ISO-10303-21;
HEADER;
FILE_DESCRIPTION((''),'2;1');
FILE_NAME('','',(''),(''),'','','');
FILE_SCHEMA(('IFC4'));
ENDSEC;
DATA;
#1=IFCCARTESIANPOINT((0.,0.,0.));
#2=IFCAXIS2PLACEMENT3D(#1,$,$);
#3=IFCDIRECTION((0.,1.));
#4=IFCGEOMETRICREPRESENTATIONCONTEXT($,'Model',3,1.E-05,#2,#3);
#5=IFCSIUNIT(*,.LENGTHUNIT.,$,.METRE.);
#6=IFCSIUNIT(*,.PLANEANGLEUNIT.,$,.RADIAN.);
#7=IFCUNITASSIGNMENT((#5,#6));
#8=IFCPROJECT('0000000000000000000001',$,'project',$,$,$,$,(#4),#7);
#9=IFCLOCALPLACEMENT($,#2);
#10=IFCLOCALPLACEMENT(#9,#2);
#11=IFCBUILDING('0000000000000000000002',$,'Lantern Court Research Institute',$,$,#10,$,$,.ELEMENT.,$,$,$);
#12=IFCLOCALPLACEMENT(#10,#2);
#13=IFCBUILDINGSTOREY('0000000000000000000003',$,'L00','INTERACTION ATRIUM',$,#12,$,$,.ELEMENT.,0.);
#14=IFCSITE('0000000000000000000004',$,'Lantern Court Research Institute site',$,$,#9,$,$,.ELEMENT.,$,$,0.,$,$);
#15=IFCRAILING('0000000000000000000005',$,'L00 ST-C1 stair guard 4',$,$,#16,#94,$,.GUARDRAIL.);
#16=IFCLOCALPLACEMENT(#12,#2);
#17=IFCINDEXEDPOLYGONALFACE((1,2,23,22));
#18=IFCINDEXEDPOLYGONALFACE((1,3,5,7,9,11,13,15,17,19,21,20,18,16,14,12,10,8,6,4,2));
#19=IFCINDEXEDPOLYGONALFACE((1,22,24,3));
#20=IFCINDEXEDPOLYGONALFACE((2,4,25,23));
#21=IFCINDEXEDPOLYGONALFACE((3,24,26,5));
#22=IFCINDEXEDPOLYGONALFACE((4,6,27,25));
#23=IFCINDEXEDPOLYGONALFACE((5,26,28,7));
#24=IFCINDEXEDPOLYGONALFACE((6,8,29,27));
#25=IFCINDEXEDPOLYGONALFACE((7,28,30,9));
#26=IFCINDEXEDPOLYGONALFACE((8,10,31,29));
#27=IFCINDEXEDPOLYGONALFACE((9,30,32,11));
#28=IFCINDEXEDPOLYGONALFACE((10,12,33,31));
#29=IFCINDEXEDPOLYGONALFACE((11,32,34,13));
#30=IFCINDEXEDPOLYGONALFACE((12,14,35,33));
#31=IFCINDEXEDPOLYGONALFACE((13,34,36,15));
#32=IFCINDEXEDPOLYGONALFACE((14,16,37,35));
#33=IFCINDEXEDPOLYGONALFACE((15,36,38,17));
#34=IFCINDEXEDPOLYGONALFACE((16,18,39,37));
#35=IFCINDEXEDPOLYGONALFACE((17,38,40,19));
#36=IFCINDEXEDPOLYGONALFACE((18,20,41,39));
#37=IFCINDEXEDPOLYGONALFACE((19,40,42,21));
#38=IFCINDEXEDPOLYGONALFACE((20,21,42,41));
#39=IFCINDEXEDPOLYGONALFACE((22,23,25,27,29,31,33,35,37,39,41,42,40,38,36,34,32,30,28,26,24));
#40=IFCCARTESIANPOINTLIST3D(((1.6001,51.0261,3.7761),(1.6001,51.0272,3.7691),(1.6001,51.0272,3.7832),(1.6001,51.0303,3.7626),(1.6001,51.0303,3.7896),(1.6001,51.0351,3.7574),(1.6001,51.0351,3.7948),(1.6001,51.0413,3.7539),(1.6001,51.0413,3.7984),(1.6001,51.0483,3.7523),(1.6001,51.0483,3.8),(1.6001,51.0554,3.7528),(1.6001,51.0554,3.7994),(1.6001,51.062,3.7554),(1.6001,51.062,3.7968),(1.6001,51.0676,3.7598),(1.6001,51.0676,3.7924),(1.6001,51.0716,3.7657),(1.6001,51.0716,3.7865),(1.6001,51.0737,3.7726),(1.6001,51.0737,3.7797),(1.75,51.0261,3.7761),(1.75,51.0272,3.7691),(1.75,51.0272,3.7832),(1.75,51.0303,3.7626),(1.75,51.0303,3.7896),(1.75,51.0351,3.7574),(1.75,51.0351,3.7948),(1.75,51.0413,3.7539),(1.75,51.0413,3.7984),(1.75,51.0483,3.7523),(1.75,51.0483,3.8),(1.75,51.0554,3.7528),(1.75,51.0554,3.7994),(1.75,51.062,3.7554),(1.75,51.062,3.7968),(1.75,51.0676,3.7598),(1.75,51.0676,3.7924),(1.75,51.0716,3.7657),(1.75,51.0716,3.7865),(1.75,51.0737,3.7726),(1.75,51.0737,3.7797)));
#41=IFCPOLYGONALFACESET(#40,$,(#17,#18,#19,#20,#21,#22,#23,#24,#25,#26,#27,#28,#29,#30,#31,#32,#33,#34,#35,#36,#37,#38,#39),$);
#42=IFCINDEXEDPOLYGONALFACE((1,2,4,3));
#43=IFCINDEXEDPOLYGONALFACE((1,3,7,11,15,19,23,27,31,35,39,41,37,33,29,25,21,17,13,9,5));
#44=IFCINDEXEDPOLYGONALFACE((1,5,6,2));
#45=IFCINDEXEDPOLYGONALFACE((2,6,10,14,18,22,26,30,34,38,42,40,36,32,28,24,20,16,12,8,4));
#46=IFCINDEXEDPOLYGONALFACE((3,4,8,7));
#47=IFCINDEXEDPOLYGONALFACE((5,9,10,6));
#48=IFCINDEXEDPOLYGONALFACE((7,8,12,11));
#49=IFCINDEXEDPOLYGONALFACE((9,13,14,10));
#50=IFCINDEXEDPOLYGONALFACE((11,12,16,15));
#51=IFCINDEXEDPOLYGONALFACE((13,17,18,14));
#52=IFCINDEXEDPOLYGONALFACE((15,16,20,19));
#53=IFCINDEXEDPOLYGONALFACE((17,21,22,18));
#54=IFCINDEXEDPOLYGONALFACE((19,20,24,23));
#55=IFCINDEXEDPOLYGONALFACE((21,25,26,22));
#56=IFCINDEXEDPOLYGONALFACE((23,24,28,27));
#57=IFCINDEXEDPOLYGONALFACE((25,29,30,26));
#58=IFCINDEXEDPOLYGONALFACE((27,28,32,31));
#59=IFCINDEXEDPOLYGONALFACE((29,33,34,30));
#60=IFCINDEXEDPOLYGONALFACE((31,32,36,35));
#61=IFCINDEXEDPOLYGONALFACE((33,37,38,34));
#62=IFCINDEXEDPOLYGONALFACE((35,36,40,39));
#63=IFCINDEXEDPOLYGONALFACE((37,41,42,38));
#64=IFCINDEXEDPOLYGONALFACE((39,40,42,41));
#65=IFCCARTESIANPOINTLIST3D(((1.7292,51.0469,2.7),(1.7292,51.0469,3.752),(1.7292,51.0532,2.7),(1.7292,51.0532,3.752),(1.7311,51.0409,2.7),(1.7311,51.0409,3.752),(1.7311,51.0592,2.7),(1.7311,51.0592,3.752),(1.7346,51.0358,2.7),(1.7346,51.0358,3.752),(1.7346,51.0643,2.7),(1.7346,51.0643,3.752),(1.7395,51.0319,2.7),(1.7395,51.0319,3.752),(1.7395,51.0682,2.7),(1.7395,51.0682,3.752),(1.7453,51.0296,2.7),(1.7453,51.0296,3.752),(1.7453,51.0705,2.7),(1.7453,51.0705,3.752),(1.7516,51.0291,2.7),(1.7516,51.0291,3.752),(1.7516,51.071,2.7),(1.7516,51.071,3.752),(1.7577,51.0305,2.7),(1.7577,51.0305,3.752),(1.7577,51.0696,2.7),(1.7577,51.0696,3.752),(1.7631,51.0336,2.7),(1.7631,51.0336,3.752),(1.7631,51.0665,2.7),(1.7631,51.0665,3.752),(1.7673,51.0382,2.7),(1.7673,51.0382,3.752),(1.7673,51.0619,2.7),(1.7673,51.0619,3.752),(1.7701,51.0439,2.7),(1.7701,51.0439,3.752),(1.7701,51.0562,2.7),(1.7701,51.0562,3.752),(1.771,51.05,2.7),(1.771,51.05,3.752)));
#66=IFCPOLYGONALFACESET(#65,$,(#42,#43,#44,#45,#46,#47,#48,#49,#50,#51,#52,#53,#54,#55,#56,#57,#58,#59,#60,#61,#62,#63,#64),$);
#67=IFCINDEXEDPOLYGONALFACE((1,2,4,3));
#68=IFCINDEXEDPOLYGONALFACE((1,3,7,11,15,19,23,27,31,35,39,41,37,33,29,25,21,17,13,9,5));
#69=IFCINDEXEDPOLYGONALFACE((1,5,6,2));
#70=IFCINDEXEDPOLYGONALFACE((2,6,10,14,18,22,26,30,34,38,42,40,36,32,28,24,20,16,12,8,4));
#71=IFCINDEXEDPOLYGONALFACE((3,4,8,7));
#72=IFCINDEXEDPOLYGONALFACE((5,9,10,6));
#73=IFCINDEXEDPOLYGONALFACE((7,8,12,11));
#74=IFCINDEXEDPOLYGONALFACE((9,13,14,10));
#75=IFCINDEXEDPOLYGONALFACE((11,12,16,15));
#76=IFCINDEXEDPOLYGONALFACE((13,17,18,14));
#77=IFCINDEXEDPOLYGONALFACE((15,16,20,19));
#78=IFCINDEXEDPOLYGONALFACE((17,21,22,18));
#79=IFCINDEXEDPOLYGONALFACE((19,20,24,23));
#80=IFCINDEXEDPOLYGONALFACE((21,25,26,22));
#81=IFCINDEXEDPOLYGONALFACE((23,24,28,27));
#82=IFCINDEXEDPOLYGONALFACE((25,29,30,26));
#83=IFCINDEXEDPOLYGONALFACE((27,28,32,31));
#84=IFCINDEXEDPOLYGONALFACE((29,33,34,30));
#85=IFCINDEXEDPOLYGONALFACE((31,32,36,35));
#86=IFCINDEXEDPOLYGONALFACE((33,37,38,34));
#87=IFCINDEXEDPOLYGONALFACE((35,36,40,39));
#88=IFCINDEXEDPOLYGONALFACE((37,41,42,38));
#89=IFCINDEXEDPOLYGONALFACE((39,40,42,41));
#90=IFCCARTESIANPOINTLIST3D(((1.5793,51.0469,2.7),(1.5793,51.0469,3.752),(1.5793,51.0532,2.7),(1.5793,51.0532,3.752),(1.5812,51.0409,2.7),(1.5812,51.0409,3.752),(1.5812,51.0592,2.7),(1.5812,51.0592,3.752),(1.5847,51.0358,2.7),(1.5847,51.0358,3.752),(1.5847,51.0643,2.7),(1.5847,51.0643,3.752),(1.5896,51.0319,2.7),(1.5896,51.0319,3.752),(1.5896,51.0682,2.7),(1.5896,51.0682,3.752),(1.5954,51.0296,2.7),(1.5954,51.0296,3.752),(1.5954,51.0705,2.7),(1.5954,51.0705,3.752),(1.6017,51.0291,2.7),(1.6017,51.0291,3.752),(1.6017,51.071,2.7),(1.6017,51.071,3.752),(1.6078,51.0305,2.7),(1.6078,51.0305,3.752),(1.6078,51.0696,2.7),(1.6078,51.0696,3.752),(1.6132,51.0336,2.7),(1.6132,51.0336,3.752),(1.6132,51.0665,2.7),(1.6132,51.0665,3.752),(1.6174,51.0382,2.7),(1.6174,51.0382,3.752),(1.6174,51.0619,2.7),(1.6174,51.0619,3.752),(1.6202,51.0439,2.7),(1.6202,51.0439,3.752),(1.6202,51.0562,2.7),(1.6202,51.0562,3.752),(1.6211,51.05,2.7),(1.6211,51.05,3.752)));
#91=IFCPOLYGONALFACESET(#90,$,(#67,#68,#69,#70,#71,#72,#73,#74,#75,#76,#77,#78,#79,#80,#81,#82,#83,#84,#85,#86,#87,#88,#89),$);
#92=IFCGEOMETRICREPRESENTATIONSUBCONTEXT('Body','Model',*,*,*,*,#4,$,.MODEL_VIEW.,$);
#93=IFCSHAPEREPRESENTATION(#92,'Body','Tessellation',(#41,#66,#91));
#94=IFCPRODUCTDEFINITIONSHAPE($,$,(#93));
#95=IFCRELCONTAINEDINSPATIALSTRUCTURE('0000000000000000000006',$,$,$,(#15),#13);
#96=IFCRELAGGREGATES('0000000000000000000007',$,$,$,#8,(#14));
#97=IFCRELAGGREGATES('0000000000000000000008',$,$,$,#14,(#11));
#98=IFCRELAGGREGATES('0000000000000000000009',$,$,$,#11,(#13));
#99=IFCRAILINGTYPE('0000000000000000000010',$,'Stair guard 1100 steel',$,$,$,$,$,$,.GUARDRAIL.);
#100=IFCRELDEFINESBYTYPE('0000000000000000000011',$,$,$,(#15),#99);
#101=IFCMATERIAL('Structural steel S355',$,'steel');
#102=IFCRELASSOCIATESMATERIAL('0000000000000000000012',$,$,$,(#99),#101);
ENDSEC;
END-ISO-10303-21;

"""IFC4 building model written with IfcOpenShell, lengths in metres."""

from ifc_helpers import new_model, si_unit, direction, frame, origin, origin_2d, place, context, subcontext, project, spatial, circle, extrude, material, type_object, element, save


model = new_model("IFC4")

# Units and contexts
model_context = context("Model", 3, precision=1e-05, world=origin(), true_north=direction((0.0, 1.0)))
body_context = subcontext(model_context, "Body", "Model", "MODEL_VIEW")
ifc_project = project(units=[si_unit("LENGTHUNIT", "METRE"), si_unit("PLANEANGLEUNIT", "RADIAN")], contexts=[model_context])

# Site, building, storey
site_placement = place(None, origin())
site = spatial("IfcSite", under=ifc_project, at=site_placement, Name="Lantern Court Research Institute site", CompositionType="ELEMENT", RefElevation=0.0)
building_placement = place(site_placement, origin())
building = spatial("IfcBuilding", under=site, at=building_placement, Name="Lantern Court Research Institute", CompositionType="ELEMENT")
storey_placement = place(building_placement, origin())
storey = spatial("IfcBuildingStorey", under=building, at=storey_placement, Name="L00", Description="INTERACTION ATRIUM", CompositionType="ELEMENT", Elevation=0.0)

# Railing
ifc_material_1 = material(Name="Structural steel S355", Category="steel")
railing_type_1 = type_object("IfcRailingType", Name="Stair guard 1100 steel", PredefinedType="GUARDRAIL", material=ifc_material_1)
railing_1_placement = place(storey_placement, frame((1.75, 51.05, 2.7)))
element("IfcRailing", 1, at=railing_1_placement, inside=storey, type_object=railing_type_1, Name="L00 ST-C1 stair guard 4", PredefinedType="GUARDRAIL", context=body_context, shape_type="SweptSolid", body=[
    extrude(circle(Radius=0.0239, at=origin_2d()), frame((0.0, 0.0, 1.0762), z_axis=(-1.0, 0.0, 0.0), x_axis=(0.0, -1.0, 0.0)), (0.0, 0.0, 1.0), 0.1499),
    extrude(circle(Radius=0.021, at=origin_2d()), origin(), (0.0, 0.0, 1.0), 1.052),
    extrude(circle(Radius=0.021, at=origin_2d()), frame((-0.1499, 0.0, 0.0)), (0.0, 0.0, 1.0), 1.052),
])

save(model, "model.ifc")
